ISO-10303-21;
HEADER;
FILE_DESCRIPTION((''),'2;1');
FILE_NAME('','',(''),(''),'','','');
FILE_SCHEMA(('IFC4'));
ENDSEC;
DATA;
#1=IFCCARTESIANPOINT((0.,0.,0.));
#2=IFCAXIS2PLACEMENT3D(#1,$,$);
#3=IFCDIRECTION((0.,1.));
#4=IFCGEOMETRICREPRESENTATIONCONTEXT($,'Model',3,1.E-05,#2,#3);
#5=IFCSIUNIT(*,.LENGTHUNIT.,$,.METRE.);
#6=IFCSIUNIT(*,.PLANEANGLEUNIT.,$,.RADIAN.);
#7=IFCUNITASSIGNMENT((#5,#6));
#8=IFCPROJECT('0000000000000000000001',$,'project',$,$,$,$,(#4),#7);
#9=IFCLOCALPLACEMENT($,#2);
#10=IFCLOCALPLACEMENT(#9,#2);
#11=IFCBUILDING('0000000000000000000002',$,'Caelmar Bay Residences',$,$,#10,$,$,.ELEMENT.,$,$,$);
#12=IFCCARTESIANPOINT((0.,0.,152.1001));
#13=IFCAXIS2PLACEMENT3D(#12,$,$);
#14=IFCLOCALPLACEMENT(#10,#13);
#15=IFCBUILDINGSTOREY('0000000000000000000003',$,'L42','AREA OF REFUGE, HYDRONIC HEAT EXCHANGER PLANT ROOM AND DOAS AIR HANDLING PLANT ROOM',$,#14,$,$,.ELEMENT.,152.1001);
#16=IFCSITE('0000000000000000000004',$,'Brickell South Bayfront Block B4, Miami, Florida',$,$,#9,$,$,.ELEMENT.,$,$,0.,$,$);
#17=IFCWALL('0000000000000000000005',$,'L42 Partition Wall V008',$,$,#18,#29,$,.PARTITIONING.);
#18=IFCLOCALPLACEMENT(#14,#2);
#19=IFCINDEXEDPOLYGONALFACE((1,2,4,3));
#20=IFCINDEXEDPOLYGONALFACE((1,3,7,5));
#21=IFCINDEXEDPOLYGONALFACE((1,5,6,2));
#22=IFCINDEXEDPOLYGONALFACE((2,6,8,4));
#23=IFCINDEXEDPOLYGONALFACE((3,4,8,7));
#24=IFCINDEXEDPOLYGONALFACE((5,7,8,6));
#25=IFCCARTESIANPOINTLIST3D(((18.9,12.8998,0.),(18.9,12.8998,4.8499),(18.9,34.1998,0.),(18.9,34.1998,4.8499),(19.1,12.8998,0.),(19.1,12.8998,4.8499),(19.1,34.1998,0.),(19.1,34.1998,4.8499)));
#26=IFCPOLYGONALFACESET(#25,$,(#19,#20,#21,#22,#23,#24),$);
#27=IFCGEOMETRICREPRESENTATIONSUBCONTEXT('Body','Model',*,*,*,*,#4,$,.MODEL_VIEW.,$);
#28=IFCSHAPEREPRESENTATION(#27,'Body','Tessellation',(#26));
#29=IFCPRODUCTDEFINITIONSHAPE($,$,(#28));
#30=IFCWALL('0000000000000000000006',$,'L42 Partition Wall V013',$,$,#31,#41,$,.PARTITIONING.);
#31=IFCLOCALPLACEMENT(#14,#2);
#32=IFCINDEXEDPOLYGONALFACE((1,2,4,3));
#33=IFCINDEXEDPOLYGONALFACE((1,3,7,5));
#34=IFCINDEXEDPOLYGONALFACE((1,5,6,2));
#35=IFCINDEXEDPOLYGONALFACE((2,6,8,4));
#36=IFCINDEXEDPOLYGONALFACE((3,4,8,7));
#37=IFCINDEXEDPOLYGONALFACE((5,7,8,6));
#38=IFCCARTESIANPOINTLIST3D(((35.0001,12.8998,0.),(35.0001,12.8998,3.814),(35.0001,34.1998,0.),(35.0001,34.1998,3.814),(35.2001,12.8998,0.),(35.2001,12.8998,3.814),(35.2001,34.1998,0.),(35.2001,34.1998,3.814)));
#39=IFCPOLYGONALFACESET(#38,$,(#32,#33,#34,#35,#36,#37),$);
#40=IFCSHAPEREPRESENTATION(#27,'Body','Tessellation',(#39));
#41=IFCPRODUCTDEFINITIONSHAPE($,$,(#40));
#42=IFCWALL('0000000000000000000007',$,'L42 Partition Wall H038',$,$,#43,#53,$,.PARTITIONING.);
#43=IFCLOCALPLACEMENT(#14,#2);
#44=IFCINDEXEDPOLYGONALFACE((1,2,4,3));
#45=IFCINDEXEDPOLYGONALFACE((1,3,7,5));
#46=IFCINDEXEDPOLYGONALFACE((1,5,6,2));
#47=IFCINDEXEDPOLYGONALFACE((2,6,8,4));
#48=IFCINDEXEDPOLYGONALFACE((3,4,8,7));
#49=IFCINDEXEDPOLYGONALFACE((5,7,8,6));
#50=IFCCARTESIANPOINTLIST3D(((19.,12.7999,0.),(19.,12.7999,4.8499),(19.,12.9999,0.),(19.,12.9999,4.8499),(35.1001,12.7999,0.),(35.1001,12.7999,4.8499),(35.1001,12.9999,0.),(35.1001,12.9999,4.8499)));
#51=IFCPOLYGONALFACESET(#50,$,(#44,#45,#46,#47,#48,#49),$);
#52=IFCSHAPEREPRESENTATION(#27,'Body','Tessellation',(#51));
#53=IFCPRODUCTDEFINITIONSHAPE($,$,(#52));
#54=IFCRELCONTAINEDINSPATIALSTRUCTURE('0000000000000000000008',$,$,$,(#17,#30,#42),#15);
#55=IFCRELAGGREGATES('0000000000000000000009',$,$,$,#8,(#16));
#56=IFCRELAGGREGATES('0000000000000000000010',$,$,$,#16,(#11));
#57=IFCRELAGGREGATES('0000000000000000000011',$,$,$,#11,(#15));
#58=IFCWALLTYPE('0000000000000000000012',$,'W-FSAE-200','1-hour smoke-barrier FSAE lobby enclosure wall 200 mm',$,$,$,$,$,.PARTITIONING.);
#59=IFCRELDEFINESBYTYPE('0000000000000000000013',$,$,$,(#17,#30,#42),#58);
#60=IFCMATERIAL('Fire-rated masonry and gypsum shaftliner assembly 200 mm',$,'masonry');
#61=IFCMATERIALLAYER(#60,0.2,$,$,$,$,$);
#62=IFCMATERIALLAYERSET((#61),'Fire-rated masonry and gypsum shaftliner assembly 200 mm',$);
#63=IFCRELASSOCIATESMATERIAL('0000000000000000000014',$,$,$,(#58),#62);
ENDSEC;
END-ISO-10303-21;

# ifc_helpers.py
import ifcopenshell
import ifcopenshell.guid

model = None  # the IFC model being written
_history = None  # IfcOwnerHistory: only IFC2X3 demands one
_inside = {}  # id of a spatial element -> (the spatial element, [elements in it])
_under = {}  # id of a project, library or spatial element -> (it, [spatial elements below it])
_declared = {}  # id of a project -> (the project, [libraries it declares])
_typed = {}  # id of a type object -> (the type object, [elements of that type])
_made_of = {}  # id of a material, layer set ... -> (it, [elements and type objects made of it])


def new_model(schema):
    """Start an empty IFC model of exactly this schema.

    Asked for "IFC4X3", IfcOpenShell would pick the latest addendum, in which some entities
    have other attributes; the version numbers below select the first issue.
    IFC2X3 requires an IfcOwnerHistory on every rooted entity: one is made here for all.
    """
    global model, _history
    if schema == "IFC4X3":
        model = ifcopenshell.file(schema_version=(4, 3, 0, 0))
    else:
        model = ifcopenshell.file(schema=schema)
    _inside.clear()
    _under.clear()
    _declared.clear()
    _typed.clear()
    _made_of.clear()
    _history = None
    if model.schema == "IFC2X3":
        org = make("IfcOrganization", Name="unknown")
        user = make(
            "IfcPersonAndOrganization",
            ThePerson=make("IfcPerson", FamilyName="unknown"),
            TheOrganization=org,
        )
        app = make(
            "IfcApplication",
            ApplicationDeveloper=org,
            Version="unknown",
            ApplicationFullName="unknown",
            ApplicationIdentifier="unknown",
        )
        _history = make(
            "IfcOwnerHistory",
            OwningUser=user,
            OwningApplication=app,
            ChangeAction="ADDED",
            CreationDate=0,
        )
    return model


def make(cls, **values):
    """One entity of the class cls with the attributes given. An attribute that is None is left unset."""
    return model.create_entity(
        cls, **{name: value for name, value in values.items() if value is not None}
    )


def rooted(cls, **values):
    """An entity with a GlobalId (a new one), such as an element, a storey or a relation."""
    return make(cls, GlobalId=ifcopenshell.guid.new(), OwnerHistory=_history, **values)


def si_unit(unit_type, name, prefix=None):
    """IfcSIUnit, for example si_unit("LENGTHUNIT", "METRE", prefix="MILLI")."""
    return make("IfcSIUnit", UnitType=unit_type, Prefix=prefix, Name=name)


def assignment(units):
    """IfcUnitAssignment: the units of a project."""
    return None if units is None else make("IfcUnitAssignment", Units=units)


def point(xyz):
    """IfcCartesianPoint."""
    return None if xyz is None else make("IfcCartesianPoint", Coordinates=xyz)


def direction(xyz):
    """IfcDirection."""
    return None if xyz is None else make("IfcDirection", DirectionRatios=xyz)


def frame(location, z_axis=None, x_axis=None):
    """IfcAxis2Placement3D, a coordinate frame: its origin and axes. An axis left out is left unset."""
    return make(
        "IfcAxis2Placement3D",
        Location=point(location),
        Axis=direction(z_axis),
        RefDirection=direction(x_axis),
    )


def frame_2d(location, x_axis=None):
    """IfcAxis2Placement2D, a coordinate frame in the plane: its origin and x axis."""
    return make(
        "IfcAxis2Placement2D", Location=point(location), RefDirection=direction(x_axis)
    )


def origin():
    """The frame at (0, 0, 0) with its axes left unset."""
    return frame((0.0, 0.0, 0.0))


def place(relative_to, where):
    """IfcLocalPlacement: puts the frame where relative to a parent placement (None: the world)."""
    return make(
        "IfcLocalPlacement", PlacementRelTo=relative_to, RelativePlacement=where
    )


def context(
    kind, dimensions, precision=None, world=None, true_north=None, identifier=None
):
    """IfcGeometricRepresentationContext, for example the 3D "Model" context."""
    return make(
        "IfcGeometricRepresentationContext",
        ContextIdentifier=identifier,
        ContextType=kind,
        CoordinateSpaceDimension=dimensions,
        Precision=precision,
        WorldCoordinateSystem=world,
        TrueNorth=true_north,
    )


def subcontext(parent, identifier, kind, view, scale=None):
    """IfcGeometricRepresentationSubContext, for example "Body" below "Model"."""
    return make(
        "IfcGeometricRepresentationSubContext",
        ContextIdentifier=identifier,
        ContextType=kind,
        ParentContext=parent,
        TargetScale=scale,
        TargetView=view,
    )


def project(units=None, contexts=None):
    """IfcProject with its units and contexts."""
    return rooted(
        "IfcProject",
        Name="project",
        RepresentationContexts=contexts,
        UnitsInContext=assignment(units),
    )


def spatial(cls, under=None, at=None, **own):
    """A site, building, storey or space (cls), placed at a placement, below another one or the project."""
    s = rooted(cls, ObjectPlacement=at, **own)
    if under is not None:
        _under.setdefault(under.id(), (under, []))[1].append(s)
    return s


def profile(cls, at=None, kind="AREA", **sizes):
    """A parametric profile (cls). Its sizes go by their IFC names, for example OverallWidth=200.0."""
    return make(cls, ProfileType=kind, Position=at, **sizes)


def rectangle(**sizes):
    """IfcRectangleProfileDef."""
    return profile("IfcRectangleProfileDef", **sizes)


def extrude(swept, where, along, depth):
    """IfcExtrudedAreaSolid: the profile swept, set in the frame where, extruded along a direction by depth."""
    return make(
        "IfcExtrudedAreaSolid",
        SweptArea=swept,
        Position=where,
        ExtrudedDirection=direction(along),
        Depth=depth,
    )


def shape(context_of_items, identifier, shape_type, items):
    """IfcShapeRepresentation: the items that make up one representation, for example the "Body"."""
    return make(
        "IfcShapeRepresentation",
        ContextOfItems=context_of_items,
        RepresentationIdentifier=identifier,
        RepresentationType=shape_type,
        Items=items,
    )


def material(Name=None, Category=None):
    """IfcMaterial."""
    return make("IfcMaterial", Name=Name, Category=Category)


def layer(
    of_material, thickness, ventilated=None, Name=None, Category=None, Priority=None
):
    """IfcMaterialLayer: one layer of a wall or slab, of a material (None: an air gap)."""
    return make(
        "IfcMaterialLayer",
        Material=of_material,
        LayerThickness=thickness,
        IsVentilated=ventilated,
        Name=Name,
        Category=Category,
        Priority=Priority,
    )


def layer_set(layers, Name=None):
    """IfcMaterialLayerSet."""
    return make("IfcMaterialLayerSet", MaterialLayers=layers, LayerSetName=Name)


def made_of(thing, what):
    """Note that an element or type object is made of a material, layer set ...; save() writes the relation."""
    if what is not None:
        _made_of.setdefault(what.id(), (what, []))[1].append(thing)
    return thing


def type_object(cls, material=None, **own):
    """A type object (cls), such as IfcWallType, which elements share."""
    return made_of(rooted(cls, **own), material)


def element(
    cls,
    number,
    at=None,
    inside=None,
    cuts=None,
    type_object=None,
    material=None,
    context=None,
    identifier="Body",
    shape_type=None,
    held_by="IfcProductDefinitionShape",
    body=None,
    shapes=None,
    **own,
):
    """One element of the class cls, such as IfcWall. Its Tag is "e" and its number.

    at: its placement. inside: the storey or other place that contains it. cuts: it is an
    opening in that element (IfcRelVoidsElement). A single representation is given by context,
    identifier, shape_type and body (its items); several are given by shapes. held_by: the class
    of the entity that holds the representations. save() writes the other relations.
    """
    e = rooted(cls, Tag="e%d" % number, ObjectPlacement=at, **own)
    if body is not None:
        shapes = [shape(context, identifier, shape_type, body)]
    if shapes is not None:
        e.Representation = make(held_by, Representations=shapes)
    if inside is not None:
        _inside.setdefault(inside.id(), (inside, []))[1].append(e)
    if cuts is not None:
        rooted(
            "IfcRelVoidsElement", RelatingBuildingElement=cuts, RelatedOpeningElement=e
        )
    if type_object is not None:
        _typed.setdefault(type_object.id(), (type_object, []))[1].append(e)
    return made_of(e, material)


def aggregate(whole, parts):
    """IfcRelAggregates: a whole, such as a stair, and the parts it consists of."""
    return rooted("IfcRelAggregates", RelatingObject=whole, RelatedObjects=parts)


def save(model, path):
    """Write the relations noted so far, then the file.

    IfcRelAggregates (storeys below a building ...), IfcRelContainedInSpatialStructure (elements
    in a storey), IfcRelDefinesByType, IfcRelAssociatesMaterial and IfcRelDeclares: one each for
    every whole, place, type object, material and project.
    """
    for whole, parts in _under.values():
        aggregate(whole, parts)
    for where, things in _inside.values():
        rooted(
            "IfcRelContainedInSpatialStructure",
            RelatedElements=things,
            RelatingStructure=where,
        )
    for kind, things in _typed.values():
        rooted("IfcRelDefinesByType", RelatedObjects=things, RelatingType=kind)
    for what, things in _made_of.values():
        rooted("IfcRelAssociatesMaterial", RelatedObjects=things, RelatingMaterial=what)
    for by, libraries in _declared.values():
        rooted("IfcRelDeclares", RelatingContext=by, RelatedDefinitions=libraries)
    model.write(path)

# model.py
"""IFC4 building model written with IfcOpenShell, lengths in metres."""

from ifc_helpers import new_model, si_unit, direction, frame, frame_2d, origin, place, context, subcontext, project, spatial, rectangle, extrude, material, layer, layer_set, type_object, element, save


model = new_model("IFC4")

# Units and contexts
model_context = context("Model", 3, precision=1e-05, world=origin(), true_north=direction((0.0, 1.0)))
body_context = subcontext(model_context, "Body", "Model", "MODEL_VIEW")
ifc_project = project(units=[si_unit("LENGTHUNIT", "METRE"), si_unit("PLANEANGLEUNIT", "RADIAN")], contexts=[model_context])

# Site, building, storey
site_placement = place(None, origin())
site = spatial("IfcSite", under=ifc_project, at=site_placement, Name="Brickell South Bayfront Block B4, Miami, Florida", CompositionType="ELEMENT", RefElevation=0.0)
building_placement = place(site_placement, origin())
building = spatial("IfcBuilding", under=site, at=building_placement, Name="Caelmar Bay Residences", CompositionType="ELEMENT")
storey_placement = place(building_placement, frame((0.0, 0.0, 152.1001)))
storey = spatial("IfcBuildingStorey", under=building, at=storey_placement, Name="L42", Description="AREA OF REFUGE, HYDRONIC HEAT EXCHANGER PLANT ROOM AND DOAS AIR HANDLING PLANT ROOM", CompositionType="ELEMENT", Elevation=152.1001)

# Walls
ifc_material_1 = material(Name="Fire-rated masonry and gypsum shaftliner assembly 200 mm", Category="masonry")
ifc_layer_1 = layer(ifc_material_1, 0.2)
ifc_layer_set_1 = layer_set([ifc_layer_1], Name="Fire-rated masonry and gypsum shaftliner assembly 200 mm")
wall_type_1 = type_object("IfcWallType", Name="W-FSAE-200", Description="1-hour smoke-barrier FSAE lobby enclosure wall 200 mm", PredefinedType="PARTITIONING", material=ifc_layer_set_1)
wall_1_placement = place(storey_placement, frame((19.0, 12.8999, 0.0), z_axis=(0.0, 0.0, 1.0), x_axis=(0.0, 1.0, 0.0)))
element("IfcWall", 1, at=wall_1_placement, inside=storey, type_object=wall_type_1, Name="L42 Partition Wall V008", PredefinedType="PARTITIONING", context=body_context, shape_type="SweptSolid", body=[
    extrude(rectangle(XDim=21.3, YDim=0.2, at=frame_2d((10.6499, 0.0))), origin(), (0.0, 0.0, 1.0), 4.8499),
])
wall_2_placement = place(storey_placement, frame((35.1001, 12.8999, 0.0), z_axis=(0.0, 0.0, 1.0), x_axis=(0.0, 1.0, 0.0)))
element("IfcWall", 2, at=wall_2_placement, inside=storey, type_object=wall_type_1, Name="L42 Partition Wall V013", PredefinedType="PARTITIONING", context=body_context, shape_type="SweptSolid", body=[
    extrude(rectangle(XDim=21.3, YDim=0.2, at=frame_2d((10.6499, 0.0))), origin(), (0.0, 0.0, 1.0), 3.814),
])
wall_3_placement = place(storey_placement, frame((19.0, 12.8999, 0.0), z_axis=(0.0, 0.0, 1.0), x_axis=(1.0, 0.0, 0.0)))
element("IfcWall", 3, at=wall_3_placement, inside=storey, type_object=wall_type_1, Name="L42 Partition Wall H038", PredefinedType="PARTITIONING", context=body_context, shape_type="SweptSolid", body=[
    extrude(rectangle(XDim=16.1001, YDim=0.2, at=frame_2d((8.05, 0.0))), origin(), (0.0, 0.0, 1.0), 4.8499),
])

save(model, "model.ifc")
